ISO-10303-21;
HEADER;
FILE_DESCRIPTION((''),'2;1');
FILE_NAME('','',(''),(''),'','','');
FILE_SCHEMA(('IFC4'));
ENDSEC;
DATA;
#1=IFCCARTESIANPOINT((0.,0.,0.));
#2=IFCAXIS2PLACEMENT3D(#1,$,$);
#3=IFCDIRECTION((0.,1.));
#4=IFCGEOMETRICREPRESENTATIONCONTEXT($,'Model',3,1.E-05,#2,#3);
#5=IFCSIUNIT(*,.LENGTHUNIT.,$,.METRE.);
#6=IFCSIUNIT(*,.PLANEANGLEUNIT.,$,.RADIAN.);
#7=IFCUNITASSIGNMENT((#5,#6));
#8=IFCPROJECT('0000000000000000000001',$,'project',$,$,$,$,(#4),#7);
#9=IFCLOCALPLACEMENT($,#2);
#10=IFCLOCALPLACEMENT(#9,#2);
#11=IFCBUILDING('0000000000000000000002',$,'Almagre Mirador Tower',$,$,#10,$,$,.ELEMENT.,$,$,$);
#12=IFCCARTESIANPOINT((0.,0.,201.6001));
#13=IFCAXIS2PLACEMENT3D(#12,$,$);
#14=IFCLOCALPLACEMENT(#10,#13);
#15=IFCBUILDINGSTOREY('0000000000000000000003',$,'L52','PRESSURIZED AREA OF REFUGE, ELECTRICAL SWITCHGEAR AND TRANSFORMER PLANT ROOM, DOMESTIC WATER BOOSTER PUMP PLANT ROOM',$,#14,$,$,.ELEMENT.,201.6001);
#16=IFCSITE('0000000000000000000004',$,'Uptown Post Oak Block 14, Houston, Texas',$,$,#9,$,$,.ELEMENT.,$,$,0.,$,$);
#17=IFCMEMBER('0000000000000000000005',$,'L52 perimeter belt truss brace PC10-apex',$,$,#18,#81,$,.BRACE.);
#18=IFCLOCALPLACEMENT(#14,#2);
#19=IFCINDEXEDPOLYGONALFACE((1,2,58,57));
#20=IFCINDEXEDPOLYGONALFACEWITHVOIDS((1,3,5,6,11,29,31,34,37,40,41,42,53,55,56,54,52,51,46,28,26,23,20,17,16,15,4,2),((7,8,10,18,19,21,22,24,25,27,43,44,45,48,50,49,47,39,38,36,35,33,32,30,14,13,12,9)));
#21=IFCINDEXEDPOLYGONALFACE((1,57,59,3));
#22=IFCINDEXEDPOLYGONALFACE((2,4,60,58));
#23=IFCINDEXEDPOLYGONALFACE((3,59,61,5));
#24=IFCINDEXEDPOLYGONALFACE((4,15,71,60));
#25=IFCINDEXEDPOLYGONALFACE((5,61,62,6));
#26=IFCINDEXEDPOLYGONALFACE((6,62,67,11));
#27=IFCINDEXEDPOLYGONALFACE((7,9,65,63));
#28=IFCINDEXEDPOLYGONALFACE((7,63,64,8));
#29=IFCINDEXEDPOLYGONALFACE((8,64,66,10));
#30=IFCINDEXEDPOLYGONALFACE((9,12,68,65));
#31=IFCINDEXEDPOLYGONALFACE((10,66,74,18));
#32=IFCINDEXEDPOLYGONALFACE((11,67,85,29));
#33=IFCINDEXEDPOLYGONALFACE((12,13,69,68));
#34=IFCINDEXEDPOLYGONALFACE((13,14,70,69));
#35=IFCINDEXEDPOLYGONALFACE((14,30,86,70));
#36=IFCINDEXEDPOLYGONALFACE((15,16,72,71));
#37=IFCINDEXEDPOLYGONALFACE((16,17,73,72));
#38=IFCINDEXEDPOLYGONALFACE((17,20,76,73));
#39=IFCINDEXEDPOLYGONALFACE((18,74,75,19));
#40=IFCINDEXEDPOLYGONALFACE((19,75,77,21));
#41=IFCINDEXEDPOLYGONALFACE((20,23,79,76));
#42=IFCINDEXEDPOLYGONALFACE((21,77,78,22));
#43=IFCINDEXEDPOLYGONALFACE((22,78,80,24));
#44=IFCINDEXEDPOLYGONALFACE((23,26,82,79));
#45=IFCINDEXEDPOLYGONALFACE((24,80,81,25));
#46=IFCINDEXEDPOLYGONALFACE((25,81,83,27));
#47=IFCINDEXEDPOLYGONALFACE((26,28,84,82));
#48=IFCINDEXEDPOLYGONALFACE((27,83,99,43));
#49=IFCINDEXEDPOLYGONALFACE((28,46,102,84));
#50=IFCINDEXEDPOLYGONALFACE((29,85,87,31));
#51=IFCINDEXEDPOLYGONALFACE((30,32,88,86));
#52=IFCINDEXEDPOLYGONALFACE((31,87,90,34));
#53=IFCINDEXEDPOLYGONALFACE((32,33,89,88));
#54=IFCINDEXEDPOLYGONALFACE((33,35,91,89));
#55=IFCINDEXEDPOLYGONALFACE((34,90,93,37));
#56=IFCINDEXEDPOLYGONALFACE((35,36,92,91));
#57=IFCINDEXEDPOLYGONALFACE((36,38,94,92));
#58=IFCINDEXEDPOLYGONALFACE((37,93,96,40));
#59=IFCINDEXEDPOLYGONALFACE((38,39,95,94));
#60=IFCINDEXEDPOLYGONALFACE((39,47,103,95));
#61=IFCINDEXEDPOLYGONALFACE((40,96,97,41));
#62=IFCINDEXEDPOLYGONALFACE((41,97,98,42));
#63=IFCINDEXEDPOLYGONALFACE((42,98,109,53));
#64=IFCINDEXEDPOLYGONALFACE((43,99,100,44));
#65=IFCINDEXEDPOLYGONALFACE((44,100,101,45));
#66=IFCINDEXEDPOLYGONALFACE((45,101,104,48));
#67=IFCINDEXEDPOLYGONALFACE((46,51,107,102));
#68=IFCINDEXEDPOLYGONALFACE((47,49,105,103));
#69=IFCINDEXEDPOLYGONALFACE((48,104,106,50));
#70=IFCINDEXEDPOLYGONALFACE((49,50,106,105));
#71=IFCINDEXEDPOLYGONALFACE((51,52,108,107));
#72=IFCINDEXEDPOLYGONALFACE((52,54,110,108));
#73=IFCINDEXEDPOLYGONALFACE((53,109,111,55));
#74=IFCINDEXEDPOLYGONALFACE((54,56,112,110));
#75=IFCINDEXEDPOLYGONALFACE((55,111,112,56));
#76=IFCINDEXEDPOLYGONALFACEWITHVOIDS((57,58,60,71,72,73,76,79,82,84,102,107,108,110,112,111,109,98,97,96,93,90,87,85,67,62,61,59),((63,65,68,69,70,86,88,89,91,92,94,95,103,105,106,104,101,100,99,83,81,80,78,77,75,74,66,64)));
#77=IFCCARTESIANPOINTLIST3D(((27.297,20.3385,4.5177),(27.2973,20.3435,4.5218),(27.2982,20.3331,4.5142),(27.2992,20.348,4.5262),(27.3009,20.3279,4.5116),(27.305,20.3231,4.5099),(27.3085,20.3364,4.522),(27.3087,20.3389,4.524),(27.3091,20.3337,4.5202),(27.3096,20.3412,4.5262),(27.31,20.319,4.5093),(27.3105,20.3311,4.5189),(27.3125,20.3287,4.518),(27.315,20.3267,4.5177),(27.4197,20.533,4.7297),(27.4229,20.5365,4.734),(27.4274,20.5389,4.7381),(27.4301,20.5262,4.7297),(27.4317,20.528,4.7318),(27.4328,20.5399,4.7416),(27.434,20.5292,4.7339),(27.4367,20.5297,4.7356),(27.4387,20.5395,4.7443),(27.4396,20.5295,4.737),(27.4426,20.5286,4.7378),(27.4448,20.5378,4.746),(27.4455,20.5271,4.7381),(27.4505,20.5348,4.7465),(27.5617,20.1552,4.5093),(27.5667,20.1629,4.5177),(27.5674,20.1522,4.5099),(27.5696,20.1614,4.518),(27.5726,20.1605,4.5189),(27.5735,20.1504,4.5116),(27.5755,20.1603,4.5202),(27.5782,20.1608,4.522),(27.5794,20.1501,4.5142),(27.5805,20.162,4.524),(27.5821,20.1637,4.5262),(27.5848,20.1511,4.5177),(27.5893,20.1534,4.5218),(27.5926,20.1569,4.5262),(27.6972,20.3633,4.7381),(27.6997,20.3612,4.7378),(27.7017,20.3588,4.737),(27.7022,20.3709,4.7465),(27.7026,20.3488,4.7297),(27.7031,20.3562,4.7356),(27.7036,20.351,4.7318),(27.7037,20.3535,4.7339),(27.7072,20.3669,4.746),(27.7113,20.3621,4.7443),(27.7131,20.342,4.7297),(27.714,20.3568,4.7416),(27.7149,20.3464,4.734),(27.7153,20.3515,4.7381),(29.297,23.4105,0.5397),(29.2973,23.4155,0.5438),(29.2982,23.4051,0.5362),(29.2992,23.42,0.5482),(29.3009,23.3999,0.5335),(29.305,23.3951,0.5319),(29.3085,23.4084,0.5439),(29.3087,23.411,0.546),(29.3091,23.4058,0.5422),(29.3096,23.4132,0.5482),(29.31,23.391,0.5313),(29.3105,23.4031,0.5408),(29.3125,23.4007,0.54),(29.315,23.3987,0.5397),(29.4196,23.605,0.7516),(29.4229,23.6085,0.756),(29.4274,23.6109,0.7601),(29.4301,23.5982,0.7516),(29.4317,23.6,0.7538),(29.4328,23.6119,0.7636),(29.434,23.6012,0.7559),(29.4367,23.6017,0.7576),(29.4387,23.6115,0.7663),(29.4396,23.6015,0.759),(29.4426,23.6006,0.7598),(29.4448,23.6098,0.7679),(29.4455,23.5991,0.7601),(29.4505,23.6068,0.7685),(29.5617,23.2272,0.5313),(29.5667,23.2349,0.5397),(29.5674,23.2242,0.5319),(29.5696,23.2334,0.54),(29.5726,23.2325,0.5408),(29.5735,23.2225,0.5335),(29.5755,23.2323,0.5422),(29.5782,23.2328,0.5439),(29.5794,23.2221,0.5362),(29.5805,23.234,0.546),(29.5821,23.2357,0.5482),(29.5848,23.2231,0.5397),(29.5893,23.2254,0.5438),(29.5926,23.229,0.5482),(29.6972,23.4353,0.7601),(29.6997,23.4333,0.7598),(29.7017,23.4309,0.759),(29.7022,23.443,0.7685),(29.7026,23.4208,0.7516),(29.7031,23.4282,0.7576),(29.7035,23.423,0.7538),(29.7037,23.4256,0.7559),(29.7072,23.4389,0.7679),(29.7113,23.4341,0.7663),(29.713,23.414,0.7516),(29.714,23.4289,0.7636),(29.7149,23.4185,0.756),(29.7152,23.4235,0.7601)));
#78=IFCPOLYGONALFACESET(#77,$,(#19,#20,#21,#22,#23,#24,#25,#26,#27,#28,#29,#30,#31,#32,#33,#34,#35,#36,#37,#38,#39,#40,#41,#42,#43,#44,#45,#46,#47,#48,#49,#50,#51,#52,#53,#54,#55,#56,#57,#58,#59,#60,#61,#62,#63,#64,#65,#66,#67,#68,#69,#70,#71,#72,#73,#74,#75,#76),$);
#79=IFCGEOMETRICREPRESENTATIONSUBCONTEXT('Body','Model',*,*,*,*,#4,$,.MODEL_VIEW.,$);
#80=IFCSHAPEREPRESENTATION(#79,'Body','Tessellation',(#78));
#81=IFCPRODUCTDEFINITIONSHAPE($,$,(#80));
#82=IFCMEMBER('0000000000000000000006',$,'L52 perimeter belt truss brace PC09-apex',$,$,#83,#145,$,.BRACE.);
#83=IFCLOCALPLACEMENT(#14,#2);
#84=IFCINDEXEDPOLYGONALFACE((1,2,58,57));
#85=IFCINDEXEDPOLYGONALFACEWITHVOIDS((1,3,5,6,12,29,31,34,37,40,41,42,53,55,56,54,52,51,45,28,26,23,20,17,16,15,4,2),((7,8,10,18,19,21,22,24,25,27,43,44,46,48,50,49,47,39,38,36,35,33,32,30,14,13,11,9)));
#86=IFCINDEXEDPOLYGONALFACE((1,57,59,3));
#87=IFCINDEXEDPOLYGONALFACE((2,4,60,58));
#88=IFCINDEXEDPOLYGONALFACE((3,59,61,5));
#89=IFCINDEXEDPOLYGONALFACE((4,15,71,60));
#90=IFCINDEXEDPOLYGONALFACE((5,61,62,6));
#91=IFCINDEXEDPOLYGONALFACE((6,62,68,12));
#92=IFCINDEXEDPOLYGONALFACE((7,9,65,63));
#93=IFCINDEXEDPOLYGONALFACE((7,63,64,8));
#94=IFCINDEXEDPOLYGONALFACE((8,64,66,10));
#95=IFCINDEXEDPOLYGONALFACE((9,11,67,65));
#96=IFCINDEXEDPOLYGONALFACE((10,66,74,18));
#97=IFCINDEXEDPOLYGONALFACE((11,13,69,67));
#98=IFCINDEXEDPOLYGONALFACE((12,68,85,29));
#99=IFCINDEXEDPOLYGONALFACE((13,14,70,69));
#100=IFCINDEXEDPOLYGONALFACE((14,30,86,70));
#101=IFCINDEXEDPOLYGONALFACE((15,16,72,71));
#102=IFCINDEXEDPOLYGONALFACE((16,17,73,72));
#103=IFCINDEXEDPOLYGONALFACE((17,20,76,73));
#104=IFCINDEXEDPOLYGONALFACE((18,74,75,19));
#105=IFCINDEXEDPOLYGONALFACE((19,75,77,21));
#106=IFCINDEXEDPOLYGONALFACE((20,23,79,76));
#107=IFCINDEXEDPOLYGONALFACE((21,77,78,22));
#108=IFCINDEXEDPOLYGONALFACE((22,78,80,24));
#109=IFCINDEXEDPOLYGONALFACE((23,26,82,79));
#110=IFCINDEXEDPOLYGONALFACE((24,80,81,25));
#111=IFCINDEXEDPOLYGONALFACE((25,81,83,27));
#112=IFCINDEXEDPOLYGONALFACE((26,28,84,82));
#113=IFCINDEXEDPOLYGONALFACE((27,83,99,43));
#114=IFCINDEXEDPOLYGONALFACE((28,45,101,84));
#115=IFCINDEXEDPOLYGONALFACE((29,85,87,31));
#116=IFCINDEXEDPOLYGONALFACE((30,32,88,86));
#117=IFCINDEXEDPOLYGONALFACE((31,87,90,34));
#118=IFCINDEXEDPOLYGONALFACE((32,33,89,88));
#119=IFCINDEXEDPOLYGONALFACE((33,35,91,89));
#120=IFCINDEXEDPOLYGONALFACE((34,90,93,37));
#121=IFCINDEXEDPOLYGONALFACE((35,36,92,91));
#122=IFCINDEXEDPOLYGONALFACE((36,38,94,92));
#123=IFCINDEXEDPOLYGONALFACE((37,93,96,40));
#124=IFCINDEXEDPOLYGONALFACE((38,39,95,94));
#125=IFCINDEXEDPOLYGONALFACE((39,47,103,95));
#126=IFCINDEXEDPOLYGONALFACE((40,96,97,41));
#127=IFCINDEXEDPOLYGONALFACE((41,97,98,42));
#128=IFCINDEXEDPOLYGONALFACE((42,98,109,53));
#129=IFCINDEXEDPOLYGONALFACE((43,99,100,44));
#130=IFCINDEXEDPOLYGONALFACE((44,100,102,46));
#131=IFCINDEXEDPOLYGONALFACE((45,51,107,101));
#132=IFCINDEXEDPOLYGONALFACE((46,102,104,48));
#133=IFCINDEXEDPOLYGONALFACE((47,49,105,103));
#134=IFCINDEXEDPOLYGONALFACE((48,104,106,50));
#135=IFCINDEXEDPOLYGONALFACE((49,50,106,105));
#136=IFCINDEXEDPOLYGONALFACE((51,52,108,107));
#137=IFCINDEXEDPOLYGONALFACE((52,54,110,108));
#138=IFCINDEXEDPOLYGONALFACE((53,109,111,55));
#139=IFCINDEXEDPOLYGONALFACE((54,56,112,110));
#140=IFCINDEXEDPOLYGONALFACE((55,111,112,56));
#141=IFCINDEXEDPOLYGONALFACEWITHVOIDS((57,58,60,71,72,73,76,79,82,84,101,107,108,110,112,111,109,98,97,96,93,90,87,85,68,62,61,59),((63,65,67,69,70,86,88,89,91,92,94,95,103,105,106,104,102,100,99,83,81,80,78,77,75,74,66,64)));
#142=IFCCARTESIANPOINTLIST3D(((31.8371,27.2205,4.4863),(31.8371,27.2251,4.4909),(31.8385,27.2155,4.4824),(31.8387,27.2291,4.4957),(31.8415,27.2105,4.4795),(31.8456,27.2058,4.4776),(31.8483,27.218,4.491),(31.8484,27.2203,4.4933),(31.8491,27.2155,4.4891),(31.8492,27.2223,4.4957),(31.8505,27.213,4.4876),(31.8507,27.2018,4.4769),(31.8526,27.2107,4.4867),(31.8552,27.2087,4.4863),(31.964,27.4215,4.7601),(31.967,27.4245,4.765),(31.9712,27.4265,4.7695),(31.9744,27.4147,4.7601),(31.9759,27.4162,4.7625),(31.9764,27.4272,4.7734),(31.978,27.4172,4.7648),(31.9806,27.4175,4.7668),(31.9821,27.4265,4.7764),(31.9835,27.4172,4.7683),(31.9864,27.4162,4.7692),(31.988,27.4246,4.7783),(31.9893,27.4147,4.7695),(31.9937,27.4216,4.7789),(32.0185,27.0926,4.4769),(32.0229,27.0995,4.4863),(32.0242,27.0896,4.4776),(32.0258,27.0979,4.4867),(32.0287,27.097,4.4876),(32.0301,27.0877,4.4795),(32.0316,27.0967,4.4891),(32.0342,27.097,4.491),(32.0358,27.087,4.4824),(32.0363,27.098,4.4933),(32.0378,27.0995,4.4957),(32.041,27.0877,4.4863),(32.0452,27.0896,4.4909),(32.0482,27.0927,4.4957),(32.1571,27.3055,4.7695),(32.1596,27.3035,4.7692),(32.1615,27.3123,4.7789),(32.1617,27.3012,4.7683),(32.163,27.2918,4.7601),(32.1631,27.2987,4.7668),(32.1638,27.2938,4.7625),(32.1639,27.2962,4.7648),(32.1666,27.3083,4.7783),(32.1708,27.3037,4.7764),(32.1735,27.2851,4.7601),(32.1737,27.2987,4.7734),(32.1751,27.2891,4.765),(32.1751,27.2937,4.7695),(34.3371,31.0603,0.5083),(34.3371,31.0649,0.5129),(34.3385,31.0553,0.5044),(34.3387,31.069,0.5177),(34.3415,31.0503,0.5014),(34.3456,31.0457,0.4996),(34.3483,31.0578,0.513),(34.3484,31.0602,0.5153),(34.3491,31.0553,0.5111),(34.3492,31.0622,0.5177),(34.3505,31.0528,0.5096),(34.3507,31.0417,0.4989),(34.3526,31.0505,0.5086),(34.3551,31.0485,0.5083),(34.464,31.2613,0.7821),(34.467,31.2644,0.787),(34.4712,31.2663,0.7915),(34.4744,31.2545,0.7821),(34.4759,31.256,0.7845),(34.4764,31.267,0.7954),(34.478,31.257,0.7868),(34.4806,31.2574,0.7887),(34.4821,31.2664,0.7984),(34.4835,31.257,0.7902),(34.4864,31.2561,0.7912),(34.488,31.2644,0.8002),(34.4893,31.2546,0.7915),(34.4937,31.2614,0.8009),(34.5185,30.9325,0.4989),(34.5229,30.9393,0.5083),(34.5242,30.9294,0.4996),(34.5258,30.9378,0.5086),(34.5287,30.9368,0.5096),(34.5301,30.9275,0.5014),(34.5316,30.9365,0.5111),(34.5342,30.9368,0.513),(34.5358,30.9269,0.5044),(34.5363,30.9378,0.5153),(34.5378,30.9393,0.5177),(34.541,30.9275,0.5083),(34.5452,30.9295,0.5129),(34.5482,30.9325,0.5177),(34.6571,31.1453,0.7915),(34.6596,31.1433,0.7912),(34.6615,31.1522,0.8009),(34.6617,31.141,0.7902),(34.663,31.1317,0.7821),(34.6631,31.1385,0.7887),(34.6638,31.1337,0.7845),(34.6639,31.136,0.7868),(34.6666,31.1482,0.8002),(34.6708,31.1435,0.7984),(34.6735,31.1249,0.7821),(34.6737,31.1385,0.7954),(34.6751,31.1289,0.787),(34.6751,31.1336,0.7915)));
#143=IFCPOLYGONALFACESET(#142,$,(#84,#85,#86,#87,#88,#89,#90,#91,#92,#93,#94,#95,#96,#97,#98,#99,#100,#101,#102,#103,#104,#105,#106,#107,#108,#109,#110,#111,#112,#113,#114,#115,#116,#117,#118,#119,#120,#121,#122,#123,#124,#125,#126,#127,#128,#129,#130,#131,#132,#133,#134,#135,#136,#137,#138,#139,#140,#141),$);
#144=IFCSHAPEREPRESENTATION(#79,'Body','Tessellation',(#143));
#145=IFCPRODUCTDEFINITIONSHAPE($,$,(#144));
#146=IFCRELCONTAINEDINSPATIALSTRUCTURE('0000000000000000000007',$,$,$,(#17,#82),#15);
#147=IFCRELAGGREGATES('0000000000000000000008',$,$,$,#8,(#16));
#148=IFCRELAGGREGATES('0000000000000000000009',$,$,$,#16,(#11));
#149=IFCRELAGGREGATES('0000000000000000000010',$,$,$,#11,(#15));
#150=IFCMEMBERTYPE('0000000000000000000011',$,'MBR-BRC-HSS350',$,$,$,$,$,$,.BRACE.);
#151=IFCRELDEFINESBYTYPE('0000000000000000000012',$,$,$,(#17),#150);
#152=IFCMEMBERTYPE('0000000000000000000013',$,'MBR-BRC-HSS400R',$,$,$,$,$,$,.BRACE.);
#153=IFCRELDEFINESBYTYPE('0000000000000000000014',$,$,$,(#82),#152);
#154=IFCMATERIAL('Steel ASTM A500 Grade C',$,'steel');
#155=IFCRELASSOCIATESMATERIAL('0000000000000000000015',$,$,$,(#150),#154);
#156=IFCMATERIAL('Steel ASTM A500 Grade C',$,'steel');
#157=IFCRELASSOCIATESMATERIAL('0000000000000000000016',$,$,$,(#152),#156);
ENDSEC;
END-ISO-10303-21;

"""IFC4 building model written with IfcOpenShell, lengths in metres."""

from ifc_helpers import new_model, si_unit, direction, frame, origin, origin_2d, place, context, subcontext, project, spatial, hollow_rectangle, extrude, material, material_profile, profile_set, type_object, element, save


model = new_model("IFC4")

# Units and contexts
model_context = context("Model", 3, precision=1e-05, world=origin(), true_north=direction((0.0, 1.0)))
body_context = subcontext(model_context, "Body", "Model", "MODEL_VIEW")
ifc_project = project(units=[si_unit("LENGTHUNIT", "METRE"), si_unit("PLANEANGLEUNIT", "RADIAN")], contexts=[model_context])

# Site, building, storey
site_placement = place(None, origin())
site = spatial("IfcSite", under=ifc_project, at=site_placement, Name="Uptown Post Oak Block 14, Houston, Texas", CompositionType="ELEMENT", RefElevation=0.0)
building_placement = place(site_placement, origin())
building = spatial("IfcBuilding", under=site, at=building_placement, Name="Almagre Mirador Tower", CompositionType="ELEMENT")
storey_placement = place(building_placement, frame((0.0, 0.0, 201.6001)))
storey = spatial("IfcBuildingStorey", under=building, at=storey_placement, Name="L52", Description="PRESSURIZED AREA OF REFUGE, ELECTRICAL SWITCHGEAR AND TRANSFORMER PLANT ROOM, DOMESTIC WATER BOOSTER PUMP PLANT ROOM", CompositionType="ELEMENT", Elevation=201.6001)

# Members
ifc_material_1 = material(Name="Steel ASTM A500 Grade C", Category="steel")
ifc_material_profile_1 = material_profile(ifc_material_1, hollow_rectangle(XDim=0.3501, YDim=0.3501, WallThickness=0.0125, InnerFilletRadius=0.0125, OuterFilletRadius=0.0249, at=origin_2d()), Name="HSS350X350X12.5")
ifc_profile_set_1 = profile_set([ifc_material_profile_1], Name="Steel ASTM A500 Grade C")
member_type_1 = type_object("IfcMemberType", Name="MBR-BRC-HSS350", PredefinedType="BRACE", material=ifc_profile_set_1)
member_1_placement = place(storey_placement, frame((29.5061, 23.417, 0.6499), z_axis=(-0.369724, -0.5679, 0.735386), x_axis=(0.838046, -0.545599, 0.0)))
element("IfcMember", 1, at=member_1_placement, inside=storey, type_object=member_type_1, Name="L52 perimeter belt truss brace PC10-apex", PredefinedType="BRACE", context=body_context, shape_type="SweptSolid", body=[
    extrude(hollow_rectangle(XDim=0.3501, YDim=0.3501, WallThickness=0.0125, InnerFilletRadius=0.0125, OuterFilletRadius=0.0249, at=origin_2d()), origin(), (0.0, 0.0, 1.0), 5.4094),
])
ifc_material_2 = material(Name="Steel ASTM A500 Grade C", Category="steel")
ifc_material_profile_2 = material_profile(ifc_material_2, hollow_rectangle(XDim=0.25, YDim=0.3999, WallThickness=0.0125, InnerFilletRadius=0.0125, OuterFilletRadius=0.0249, at=origin_2d()), Name="HSS400X250X12.5")
ifc_profile_set_2 = profile_set([ifc_material_profile_2], Name="Steel ASTM A500 Grade C")
member_type_2 = type_object("IfcMemberType", Name="MBR-BRC-HSS400R", PredefinedType="BRACE", material=ifc_profile_set_2)
member_2_placement = place(storey_placement, frame((34.5061, 31.0969, 0.6499), z_axis=(-0.412006, -0.632815, 0.655588), x_axis=(0.838034, -0.545617, 0.0)))
element("IfcMember", 2, at=member_2_placement, inside=storey, type_object=member_type_2, Name="L52 perimeter belt truss brace PC09-apex", PredefinedType="BRACE", context=body_context, shape_type="SweptSolid", body=[
    extrude(hollow_rectangle(XDim=0.25, YDim=0.3999, WallThickness=0.0125, InnerFilletRadius=0.0125, OuterFilletRadius=0.0249, at=origin_2d()), origin(), (0.0, 0.0, 1.0), 6.0679),
])

save(model, "model.ifc")
